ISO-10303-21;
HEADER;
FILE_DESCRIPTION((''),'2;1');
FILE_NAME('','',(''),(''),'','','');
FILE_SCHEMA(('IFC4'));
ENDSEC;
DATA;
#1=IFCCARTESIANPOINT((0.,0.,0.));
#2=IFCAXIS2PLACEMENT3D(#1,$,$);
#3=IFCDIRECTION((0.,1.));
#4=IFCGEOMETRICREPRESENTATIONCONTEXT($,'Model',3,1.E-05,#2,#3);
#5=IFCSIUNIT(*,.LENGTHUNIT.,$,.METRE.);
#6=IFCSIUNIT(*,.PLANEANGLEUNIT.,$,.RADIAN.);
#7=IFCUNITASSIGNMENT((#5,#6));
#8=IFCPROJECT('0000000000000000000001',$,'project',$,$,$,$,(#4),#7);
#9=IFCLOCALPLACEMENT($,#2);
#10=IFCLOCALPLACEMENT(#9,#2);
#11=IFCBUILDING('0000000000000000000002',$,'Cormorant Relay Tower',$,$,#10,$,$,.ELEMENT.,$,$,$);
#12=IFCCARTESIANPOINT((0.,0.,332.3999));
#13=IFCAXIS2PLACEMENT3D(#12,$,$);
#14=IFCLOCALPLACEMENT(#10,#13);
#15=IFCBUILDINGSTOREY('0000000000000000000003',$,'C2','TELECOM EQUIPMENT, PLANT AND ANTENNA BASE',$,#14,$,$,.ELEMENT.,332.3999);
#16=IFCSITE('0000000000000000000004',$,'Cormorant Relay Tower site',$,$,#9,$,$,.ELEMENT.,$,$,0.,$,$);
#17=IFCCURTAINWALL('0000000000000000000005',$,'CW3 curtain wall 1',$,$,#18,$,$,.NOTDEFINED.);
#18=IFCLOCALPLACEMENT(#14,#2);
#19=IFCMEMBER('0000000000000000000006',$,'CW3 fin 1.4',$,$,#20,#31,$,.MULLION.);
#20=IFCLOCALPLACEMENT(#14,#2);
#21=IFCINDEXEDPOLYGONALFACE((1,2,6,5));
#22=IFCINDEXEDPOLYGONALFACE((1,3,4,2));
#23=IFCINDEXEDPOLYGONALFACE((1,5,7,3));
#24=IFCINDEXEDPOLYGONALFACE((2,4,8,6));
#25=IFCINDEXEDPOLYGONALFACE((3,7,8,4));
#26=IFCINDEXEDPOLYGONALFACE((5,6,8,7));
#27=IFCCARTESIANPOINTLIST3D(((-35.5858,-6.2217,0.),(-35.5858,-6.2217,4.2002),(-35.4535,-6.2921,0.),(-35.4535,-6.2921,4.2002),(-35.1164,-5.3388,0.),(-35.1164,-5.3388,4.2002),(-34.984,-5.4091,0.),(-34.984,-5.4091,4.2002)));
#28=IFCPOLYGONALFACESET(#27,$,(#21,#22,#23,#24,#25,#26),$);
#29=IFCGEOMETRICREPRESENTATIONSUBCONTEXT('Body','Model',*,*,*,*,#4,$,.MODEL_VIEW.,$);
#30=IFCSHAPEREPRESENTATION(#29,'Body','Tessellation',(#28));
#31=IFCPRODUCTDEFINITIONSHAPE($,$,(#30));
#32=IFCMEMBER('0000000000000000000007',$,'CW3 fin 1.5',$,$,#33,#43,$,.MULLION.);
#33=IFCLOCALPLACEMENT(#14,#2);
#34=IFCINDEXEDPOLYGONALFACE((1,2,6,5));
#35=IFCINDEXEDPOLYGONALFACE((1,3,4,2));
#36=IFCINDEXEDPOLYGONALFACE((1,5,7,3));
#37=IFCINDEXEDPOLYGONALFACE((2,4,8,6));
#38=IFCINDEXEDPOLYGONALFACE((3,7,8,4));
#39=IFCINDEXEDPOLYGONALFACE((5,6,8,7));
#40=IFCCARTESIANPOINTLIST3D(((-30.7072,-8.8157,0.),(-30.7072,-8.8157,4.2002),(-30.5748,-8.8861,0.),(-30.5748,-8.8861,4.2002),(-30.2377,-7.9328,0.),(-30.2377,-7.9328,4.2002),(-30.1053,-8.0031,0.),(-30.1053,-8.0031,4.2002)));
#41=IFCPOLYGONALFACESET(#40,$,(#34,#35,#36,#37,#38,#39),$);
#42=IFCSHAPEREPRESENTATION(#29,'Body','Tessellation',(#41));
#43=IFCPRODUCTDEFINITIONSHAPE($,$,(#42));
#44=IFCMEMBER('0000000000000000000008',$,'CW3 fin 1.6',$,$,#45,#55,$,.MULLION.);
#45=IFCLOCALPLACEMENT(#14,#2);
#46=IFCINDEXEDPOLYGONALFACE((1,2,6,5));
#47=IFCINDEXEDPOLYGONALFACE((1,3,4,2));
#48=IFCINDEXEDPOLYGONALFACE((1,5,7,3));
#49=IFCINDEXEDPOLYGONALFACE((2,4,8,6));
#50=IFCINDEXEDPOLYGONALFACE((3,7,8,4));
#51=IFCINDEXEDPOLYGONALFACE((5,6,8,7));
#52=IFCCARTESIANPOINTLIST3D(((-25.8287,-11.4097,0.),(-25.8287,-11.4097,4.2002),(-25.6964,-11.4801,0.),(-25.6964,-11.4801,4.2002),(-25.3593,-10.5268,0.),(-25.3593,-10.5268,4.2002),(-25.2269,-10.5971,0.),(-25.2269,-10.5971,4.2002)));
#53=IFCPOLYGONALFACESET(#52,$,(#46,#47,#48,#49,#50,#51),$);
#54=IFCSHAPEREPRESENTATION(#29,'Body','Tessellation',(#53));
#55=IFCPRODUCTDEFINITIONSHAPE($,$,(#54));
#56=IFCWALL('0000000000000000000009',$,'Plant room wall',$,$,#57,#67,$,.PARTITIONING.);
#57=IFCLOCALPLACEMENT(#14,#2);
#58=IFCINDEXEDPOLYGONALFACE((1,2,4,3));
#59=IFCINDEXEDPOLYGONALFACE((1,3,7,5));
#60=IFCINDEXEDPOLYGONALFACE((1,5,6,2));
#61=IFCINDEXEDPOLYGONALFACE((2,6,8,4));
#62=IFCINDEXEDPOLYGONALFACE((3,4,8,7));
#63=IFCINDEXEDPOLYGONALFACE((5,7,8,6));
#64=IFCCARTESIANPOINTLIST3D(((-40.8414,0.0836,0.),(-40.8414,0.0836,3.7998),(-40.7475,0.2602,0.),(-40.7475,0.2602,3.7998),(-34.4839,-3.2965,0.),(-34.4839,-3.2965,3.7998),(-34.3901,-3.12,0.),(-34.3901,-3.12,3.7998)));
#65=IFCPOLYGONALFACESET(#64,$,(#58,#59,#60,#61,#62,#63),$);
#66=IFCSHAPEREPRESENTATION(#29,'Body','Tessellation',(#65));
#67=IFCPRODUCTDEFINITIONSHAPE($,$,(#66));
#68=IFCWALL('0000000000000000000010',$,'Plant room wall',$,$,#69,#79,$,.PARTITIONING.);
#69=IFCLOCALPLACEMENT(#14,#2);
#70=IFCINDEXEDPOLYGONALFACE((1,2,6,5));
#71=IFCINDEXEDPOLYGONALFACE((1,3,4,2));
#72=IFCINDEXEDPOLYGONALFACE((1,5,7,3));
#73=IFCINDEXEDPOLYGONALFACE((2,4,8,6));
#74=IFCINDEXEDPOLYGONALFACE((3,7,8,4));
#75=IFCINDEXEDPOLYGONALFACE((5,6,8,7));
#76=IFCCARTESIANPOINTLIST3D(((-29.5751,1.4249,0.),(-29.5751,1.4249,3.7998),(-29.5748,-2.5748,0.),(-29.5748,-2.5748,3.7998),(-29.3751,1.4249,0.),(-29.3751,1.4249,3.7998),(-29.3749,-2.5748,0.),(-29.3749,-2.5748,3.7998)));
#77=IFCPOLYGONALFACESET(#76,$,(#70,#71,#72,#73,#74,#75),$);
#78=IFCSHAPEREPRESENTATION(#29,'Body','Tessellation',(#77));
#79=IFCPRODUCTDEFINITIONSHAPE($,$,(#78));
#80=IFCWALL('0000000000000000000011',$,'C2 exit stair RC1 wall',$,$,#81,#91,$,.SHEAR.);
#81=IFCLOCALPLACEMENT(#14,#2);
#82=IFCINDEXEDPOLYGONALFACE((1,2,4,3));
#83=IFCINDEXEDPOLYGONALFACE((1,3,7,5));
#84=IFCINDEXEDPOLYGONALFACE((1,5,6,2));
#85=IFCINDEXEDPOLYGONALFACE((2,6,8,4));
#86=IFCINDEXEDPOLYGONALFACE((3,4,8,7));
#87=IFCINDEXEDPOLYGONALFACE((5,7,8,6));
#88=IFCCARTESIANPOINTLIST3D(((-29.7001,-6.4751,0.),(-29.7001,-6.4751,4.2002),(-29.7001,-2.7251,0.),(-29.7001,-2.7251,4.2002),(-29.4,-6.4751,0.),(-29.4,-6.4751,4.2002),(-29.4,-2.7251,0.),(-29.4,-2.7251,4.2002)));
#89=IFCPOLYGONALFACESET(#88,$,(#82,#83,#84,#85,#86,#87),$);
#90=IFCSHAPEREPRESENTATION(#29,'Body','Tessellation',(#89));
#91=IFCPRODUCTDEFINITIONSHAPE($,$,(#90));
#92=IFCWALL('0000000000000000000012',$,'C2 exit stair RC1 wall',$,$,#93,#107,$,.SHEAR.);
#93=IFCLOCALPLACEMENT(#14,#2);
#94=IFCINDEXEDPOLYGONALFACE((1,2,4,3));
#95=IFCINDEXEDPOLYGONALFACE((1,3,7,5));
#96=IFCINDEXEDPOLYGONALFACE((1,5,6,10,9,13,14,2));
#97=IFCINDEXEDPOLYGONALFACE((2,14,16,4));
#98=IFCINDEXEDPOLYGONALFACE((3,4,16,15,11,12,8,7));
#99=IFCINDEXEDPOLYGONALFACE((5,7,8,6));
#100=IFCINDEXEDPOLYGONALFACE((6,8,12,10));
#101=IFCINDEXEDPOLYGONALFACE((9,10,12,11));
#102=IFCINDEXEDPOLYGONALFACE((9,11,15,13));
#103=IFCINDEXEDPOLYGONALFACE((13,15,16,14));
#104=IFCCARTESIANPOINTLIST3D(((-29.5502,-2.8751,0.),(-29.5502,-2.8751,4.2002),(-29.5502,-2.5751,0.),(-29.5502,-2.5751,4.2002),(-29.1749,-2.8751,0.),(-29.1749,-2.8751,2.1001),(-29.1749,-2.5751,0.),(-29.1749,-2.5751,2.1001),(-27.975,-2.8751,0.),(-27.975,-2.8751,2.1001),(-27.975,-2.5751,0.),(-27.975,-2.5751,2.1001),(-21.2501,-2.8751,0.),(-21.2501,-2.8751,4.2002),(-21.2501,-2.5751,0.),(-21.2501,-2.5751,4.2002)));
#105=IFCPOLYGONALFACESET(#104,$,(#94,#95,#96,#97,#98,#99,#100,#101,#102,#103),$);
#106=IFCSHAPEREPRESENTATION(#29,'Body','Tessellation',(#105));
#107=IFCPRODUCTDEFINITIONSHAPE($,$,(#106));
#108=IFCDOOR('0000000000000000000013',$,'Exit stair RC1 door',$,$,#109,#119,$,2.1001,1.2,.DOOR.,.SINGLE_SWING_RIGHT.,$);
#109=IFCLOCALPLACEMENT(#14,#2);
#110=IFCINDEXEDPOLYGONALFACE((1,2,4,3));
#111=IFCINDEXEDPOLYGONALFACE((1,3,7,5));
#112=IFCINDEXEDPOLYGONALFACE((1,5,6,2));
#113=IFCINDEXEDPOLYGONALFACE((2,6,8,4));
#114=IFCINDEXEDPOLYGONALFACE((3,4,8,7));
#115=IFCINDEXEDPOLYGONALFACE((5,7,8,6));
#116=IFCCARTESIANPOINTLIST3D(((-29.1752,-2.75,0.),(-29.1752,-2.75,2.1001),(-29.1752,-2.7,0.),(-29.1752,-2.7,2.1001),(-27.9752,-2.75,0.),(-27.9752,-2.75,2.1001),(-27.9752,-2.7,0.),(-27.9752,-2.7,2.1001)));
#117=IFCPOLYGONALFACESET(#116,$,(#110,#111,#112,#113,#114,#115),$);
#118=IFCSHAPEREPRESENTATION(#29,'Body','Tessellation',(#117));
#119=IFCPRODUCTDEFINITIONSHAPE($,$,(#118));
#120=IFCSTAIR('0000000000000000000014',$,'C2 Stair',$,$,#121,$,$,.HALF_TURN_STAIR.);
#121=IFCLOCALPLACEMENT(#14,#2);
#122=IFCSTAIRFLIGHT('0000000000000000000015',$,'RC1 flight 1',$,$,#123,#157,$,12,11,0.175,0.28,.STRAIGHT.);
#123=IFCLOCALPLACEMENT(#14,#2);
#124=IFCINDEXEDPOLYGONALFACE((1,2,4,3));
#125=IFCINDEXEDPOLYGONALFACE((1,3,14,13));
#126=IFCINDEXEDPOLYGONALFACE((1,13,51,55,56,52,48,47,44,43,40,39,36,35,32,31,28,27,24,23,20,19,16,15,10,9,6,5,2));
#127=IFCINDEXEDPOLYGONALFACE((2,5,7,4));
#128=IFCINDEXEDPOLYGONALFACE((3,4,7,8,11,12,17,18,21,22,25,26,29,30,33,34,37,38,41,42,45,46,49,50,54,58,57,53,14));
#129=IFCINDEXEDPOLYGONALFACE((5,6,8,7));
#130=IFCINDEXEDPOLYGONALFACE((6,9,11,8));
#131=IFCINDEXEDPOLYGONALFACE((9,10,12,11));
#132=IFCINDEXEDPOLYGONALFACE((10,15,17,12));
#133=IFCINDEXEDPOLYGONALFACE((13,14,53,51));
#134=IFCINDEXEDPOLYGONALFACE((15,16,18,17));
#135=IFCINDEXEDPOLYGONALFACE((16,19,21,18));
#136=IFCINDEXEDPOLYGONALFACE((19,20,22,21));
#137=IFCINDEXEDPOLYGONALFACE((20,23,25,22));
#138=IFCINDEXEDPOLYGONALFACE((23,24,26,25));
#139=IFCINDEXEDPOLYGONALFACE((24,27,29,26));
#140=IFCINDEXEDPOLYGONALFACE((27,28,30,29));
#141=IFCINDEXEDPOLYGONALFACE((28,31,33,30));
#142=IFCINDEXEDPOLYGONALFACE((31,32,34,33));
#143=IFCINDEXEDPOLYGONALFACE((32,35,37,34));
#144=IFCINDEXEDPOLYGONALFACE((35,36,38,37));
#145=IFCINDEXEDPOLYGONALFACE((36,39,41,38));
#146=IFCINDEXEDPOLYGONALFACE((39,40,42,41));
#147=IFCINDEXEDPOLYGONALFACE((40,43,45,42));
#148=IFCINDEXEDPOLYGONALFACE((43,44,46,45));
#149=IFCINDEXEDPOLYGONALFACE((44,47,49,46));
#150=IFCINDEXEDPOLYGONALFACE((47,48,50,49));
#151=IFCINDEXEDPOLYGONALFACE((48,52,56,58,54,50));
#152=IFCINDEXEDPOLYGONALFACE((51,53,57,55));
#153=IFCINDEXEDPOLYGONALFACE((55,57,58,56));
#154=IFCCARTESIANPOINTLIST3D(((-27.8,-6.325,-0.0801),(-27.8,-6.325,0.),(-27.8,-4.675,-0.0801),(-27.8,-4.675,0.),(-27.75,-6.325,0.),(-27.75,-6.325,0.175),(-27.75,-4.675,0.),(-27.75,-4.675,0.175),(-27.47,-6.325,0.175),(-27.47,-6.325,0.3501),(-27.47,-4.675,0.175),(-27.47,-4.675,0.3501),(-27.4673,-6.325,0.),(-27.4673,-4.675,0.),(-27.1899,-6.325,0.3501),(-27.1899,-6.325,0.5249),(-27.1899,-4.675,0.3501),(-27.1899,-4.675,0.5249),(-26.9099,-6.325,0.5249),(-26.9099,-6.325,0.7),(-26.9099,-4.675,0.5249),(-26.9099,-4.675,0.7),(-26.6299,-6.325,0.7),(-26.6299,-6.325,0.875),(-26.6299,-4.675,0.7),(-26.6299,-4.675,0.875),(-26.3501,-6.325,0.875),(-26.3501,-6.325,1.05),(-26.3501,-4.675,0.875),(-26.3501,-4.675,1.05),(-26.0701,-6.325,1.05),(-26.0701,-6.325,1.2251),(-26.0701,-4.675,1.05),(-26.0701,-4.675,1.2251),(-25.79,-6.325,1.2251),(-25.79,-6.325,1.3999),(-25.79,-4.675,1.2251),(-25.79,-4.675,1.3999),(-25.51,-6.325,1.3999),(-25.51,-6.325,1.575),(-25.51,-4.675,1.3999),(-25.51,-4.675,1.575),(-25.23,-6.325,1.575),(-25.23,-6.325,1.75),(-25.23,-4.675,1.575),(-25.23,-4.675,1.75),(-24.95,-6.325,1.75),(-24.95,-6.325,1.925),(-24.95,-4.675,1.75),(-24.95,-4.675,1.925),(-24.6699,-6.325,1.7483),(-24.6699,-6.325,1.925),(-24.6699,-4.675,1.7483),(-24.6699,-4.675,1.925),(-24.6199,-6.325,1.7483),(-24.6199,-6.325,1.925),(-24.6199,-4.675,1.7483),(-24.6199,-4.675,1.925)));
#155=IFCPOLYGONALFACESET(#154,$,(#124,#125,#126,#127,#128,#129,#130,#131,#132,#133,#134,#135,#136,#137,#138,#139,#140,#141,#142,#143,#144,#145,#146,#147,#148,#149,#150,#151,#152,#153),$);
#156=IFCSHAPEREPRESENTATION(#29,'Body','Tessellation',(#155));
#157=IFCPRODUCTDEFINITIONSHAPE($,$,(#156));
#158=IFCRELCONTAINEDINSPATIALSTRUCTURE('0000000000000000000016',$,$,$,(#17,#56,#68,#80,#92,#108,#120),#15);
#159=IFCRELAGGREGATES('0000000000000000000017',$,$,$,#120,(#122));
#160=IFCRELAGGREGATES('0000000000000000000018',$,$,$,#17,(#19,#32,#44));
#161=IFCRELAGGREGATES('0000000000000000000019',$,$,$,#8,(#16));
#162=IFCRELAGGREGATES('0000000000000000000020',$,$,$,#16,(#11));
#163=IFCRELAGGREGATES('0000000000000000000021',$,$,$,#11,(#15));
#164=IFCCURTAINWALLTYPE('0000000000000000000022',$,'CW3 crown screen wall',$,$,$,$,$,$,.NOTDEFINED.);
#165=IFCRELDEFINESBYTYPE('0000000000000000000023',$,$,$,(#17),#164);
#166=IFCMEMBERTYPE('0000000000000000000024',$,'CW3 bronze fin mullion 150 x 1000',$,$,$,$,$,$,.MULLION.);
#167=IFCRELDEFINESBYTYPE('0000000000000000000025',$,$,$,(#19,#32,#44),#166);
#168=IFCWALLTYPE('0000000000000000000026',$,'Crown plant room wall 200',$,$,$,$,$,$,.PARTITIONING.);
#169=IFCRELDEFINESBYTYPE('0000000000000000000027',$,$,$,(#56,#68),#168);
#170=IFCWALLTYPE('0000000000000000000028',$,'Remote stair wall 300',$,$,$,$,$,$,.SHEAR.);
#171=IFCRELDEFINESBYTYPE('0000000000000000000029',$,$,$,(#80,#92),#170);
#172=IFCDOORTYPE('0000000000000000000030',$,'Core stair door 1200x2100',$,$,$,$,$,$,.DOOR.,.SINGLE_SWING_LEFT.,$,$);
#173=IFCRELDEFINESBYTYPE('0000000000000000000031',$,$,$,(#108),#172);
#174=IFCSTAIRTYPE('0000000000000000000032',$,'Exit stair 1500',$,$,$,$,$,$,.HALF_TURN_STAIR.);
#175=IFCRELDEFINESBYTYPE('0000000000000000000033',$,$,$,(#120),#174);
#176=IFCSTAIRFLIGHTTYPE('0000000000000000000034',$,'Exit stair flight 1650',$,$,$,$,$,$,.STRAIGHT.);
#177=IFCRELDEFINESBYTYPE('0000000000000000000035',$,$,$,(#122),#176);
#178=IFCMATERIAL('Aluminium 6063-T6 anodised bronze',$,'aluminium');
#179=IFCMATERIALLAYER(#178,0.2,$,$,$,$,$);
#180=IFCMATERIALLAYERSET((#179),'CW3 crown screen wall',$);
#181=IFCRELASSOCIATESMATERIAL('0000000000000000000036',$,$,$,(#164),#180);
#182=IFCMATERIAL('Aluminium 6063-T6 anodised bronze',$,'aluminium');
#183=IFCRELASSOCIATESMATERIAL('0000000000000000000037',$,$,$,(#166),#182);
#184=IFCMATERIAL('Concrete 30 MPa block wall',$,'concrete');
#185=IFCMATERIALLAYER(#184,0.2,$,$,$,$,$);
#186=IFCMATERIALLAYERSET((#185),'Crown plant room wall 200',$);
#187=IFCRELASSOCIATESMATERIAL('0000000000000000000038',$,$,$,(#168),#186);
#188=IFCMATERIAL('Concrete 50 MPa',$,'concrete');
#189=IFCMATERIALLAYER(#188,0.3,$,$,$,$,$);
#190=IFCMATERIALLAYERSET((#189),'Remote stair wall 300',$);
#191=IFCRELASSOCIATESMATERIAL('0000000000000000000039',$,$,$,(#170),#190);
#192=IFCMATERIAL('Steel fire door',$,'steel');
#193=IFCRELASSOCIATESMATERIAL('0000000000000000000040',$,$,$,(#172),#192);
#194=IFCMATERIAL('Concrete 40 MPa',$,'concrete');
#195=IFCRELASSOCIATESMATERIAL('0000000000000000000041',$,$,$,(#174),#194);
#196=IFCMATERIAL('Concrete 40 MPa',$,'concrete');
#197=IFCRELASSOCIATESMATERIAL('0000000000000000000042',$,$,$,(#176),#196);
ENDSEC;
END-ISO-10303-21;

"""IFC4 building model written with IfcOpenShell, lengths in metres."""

from ifc_helpers import new_model, si_unit, direction, frame, frame_2d, origin, origin_2d, place, context, subcontext, project, spatial, polyline, rectangle, outline, extrude, material, layer, layer_set, material_profile, profile_set, type_object, element, fill, aggregate, save


model = new_model("IFC4")

# Units and contexts
model_context = context("Model", 3, precision=1e-05, world=origin(), true_north=direction((0.0, 1.0)))
body_context = subcontext(model_context, "Body", "Model", "MODEL_VIEW")
ifc_project = project(units=[si_unit("LENGTHUNIT", "METRE"), si_unit("PLANEANGLEUNIT", "RADIAN")], contexts=[model_context])

# Site, building, storey
site_placement = place(None, origin())
site = spatial("IfcSite", under=ifc_project, at=site_placement, Name="Cormorant Relay Tower site", CompositionType="ELEMENT", RefElevation=0.0)
building_placement = place(site_placement, origin())
building = spatial("IfcBuilding", under=site, at=building_placement, Name="Cormorant Relay Tower", CompositionType="ELEMENT")
storey_placement = place(building_placement, frame((0.0, 0.0, 332.3999)))
storey = spatial("IfcBuildingStorey", under=building, at=storey_placement, Name="C2", Description="TELECOM EQUIPMENT, PLANT AND ANTENNA BASE", CompositionType="ELEMENT", Elevation=332.3999)

# Curtain wall, members
ifc_material_1 = material(Name="Aluminium 6063-T6 anodised bronze", Category="aluminium")
ifc_layer_1 = layer(ifc_material_1, 0.2)
ifc_layer_set_1 = layer_set([ifc_layer_1], Name="CW3 crown screen wall")
curtain_wall_type = type_object("IfcCurtainWallType", Name="CW3 crown screen wall", PredefinedType="NOTDEFINED", material=ifc_layer_set_1)
curtain_wall_placement = place(storey_placement, origin())
curtain_wall = element("IfcCurtainWall", 1, at=curtain_wall_placement, inside=storey, type_object=curtain_wall_type, Name="CW3 curtain wall 1", PredefinedType="NOTDEFINED")
ifc_material_2 = material(Name="Aluminium 6063-T6 anodised bronze", Category="aluminium")
ifc_material_profile = material_profile(ifc_material_2, rectangle(XDim=0.1499, YDim=1.0, at=origin_2d()), Name="AL 150x1000")
ifc_profile_set = profile_set([ifc_material_profile], Name="Aluminium 6063-T6 anodised bronze")
member_type = type_object("IfcMemberType", Name="CW3 bronze fin mullion 150 x 1000", PredefinedType="MULLION", material=ifc_profile_set)
member_1_placement = place(storey_placement, frame((-35.2849, -5.8154, 0.0), z_axis=(0.0, 0.0, 1.0), x_axis=(0.882948, -0.469472, 0.0)))
member_1 = element("IfcMember", 2, at=member_1_placement, type_object=member_type, Name="CW3 fin 1.4", PredefinedType="MULLION", context=body_context, shape_type="SweptSolid", body=[
    extrude(rectangle(XDim=0.1499, YDim=1.0, at=origin_2d()), origin(), (0.0, 0.0, 1.0), 4.2002),
])
member_2_placement = place(storey_placement, frame((-30.4062, -8.4094, 0.0), z_axis=(0.0, 0.0, 1.0), x_axis=(0.882948, -0.469472, 0.0)))
member_2 = element("IfcMember", 3, at=member_2_placement, type_object=member_type, Name="CW3 fin 1.5", PredefinedType="MULLION", context=body_context, shape_type="SweptSolid", body=[
    extrude(rectangle(XDim=0.1499, YDim=1.0, at=origin_2d()), origin(), (0.0, 0.0, 1.0), 4.2002),
])
member_3_placement = place(storey_placement, frame((-25.5278, -11.0034, 0.0), z_axis=(0.0, 0.0, 1.0), x_axis=(0.882948, -0.469472, 0.0)))
member_3 = element("IfcMember", 4, at=member_3_placement, type_object=member_type, Name="CW3 fin 1.6", PredefinedType="MULLION", context=body_context, shape_type="SweptSolid", body=[
    extrude(rectangle(XDim=0.1499, YDim=1.0, at=origin_2d()), origin(), (0.0, 0.0, 1.0), 4.2002),
])

# Walls
ifc_material_3 = material(Name="Concrete 30 MPa block wall", Category="concrete")
ifc_layer_2 = layer(ifc_material_3, 0.2)
ifc_layer_set_2 = layer_set([ifc_layer_2], Name="Crown plant room wall 200")
wall_type_1 = type_object("IfcWallType", Name="Crown plant room wall 200", PredefinedType="PARTITIONING", material=ifc_layer_set_2)
wall_1_placement = place(storey_placement, frame((-34.437, -3.2083, 0.0), z_axis=(0.0, 0.0, 1.0), x_axis=(-0.882958, 0.469453, 0.0)))
element("IfcWall", 5, at=wall_1_placement, inside=storey, type_object=wall_type_1, Name="Plant room wall", PredefinedType="PARTITIONING", context=body_context, shape_type="SweptSolid", body=[
    extrude(rectangle(XDim=7.2002, YDim=0.2, at=frame_2d((3.6001, 0.0))), origin(), (0.0, 0.0, 1.0), 3.7998),
])
wall_2_placement = place(storey_placement, frame((-29.4749, -2.575, 0.0), z_axis=(0.0, 0.0, 1.0), x_axis=(-0.000061, 1.0, 0.0)))
element("IfcWall", 6, at=wall_2_placement, inside=storey, type_object=wall_type_1, Name="Plant room wall", PredefinedType="PARTITIONING", context=body_context, shape_type="SweptSolid", body=[
    extrude(rectangle(XDim=3.9998, YDim=0.2, at=frame_2d((2.0, 0.0))), origin(), (0.0, 0.0, 1.0), 3.7998),
])
ifc_material_4 = material(Name="Concrete 50 MPa", Category="concrete")
ifc_layer_3 = layer(ifc_material_4, 0.3)
ifc_layer_set_3 = layer_set([ifc_layer_3], Name="Remote stair wall 300")
wall_type_2 = type_object("IfcWallType", Name="Remote stair wall 300", PredefinedType="SHEAR", material=ifc_layer_set_3)
wall_3_placement = place(storey_placement, frame((-29.55, -6.4751, 0.0), z_axis=(0.0, 0.0, 1.0), x_axis=(0.0, 1.0, 0.0)))
element("IfcWall", 7, at=wall_3_placement, inside=storey, type_object=wall_type_2, Name="C2 exit stair RC1 wall", PredefinedType="SHEAR", context=body_context, shape_type="SweptSolid", body=[
    extrude(rectangle(XDim=3.75, YDim=0.3, at=frame_2d((1.875, 0.0))), origin(), (0.0, 0.0, 1.0), 4.2002),
])

# Wall, opening, door
wall_4_placement = place(storey_placement, frame((-29.55, -2.7251, 0.0), z_axis=(0.0, 0.0, 1.0), x_axis=(1.0, 0.0, 0.0)))
wall_4 = element("IfcWall", 8, at=wall_4_placement, inside=storey, type_object=wall_type_2, Name="C2 exit stair RC1 wall", PredefinedType="SHEAR", context=body_context, shape_type="SweptSolid", body=[
    extrude(rectangle(XDim=8.3, YDim=0.3, at=frame_2d((4.1499, 0.0))), origin(), (0.0, 0.0, 1.0), 4.2002),
])
opening_placement = place(wall_4_placement, frame((0.375, 0.0, 0.0)))
opening = element("IfcOpeningElement", 9, at=opening_placement, cuts=wall_4, PredefinedType="OPENING", context=body_context, shape_type="SweptSolid", body=[
    extrude(rectangle(XDim=1.2, YDim=2.1001, at=frame_2d((0.6001, 1.05))), frame((0.0, 0.1599, 0.0), z_axis=(0.0, -1.0, 0.0), x_axis=(1.0, 0.0, 0.0)), (0.0, 0.0, 1.0), 0.3201),
])
ifc_material_5 = material(Name="Steel fire door", Category="steel")
door_type = type_object("IfcDoorType", Name="Core stair door 1200x2100", OperationType="SINGLE_SWING_LEFT", PredefinedType="DOOR", material=ifc_material_5)
door_placement = place(opening_placement, frame((1.2, 0.0, 0.0), z_axis=(0.0, 0.0, 1.0), x_axis=(-1.0, 0.0, 0.0)))
door = element("IfcDoor", 10, at=door_placement, inside=storey, type_object=door_type, Name="Exit stair RC1 door", OperationType="SINGLE_SWING_RIGHT", OverallHeight=2.1001, OverallWidth=1.2, PredefinedType="DOOR", context=body_context, shape_type="SweptSolid", body=[
    extrude(rectangle(XDim=1.2, YDim=2.1001, at=frame_2d((0.6001, 1.05))), frame((0.0, 0.0249, 0.0), z_axis=(0.0, -1.0, 0.0), x_axis=(1.0, 0.0, 0.0)), (0.0, 0.0, 1.0), 0.05),
])
fill(opening, door)

# Stair, stair flight
ifc_material_6 = material(Name="Concrete 40 MPa", Category="concrete")
stair_type = type_object("IfcStairType", Name="Exit stair 1500", PredefinedType="HALF_TURN_STAIR", material=ifc_material_6)
stair_placement = place(storey_placement, origin())
stair = element("IfcStair", 11, at=stair_placement, inside=storey, type_object=stair_type, Name="C2 Stair", PredefinedType="HALF_TURN_STAIR")
ifc_material_7 = material(Name="Concrete 40 MPa", Category="concrete")
stair_flight_type = type_object("IfcStairFlightType", Name="Exit stair flight 1650", PredefinedType="STRAIGHT", material=ifc_material_7)
stair_flight_1_placement = place(storey_placement, frame((-27.75, -5.5, 0.0), z_axis=(0.0, 0.0, 1.0), x_axis=(1.0, 0.0, 0.0)))
stair_flight_1 = element("IfcStairFlight", 12, at=stair_flight_1_placement, type_object=stair_flight_type, Name="RC1 flight 1", NumberOfRisers=12, NumberOfTreads=11, PredefinedType="STRAIGHT", RiserHeight=0.175, TreadLength=0.28, context=body_context, shape_type="SweptSolid", body=[
    extrude(outline(polyline([(-0.05, -0.0801), (-0.05, 0.0), (0.0, 0.0), (0.0, 0.175), (0.28, 0.175), (0.28, 0.3501), (0.5601, 0.3501), (0.5601, 0.5249), (0.8401, 0.5249), (0.8401, 0.7), (1.1201, 0.7), (1.1201, 0.875), (1.3999, 0.875), (1.3999, 1.05), (1.6799, 1.05), (1.6799, 1.2251), (1.96, 1.2251), (1.96, 1.3999), (2.24, 1.3999), (2.24, 1.575), (2.52, 1.575), (2.52, 1.75), (2.8, 1.75), (2.8, 1.925), (3.0801, 1.925), (3.1301, 1.925), (3.1301, 1.7483), (3.0801, 1.7483), (0.2827, 0.0), (-0.05, -0.0801)])), frame((0.0, 0.825, 0.0), z_axis=(0.0, -1.0, 0.0), x_axis=(1.0, 0.0, 0.0)), (0.0, 0.0, 1.0), 1.6499),
])
aggregate(stair, [stair_flight_1])

aggregate(curtain_wall, [member_1, member_2, member_3])

save(model, "model.ifc")
